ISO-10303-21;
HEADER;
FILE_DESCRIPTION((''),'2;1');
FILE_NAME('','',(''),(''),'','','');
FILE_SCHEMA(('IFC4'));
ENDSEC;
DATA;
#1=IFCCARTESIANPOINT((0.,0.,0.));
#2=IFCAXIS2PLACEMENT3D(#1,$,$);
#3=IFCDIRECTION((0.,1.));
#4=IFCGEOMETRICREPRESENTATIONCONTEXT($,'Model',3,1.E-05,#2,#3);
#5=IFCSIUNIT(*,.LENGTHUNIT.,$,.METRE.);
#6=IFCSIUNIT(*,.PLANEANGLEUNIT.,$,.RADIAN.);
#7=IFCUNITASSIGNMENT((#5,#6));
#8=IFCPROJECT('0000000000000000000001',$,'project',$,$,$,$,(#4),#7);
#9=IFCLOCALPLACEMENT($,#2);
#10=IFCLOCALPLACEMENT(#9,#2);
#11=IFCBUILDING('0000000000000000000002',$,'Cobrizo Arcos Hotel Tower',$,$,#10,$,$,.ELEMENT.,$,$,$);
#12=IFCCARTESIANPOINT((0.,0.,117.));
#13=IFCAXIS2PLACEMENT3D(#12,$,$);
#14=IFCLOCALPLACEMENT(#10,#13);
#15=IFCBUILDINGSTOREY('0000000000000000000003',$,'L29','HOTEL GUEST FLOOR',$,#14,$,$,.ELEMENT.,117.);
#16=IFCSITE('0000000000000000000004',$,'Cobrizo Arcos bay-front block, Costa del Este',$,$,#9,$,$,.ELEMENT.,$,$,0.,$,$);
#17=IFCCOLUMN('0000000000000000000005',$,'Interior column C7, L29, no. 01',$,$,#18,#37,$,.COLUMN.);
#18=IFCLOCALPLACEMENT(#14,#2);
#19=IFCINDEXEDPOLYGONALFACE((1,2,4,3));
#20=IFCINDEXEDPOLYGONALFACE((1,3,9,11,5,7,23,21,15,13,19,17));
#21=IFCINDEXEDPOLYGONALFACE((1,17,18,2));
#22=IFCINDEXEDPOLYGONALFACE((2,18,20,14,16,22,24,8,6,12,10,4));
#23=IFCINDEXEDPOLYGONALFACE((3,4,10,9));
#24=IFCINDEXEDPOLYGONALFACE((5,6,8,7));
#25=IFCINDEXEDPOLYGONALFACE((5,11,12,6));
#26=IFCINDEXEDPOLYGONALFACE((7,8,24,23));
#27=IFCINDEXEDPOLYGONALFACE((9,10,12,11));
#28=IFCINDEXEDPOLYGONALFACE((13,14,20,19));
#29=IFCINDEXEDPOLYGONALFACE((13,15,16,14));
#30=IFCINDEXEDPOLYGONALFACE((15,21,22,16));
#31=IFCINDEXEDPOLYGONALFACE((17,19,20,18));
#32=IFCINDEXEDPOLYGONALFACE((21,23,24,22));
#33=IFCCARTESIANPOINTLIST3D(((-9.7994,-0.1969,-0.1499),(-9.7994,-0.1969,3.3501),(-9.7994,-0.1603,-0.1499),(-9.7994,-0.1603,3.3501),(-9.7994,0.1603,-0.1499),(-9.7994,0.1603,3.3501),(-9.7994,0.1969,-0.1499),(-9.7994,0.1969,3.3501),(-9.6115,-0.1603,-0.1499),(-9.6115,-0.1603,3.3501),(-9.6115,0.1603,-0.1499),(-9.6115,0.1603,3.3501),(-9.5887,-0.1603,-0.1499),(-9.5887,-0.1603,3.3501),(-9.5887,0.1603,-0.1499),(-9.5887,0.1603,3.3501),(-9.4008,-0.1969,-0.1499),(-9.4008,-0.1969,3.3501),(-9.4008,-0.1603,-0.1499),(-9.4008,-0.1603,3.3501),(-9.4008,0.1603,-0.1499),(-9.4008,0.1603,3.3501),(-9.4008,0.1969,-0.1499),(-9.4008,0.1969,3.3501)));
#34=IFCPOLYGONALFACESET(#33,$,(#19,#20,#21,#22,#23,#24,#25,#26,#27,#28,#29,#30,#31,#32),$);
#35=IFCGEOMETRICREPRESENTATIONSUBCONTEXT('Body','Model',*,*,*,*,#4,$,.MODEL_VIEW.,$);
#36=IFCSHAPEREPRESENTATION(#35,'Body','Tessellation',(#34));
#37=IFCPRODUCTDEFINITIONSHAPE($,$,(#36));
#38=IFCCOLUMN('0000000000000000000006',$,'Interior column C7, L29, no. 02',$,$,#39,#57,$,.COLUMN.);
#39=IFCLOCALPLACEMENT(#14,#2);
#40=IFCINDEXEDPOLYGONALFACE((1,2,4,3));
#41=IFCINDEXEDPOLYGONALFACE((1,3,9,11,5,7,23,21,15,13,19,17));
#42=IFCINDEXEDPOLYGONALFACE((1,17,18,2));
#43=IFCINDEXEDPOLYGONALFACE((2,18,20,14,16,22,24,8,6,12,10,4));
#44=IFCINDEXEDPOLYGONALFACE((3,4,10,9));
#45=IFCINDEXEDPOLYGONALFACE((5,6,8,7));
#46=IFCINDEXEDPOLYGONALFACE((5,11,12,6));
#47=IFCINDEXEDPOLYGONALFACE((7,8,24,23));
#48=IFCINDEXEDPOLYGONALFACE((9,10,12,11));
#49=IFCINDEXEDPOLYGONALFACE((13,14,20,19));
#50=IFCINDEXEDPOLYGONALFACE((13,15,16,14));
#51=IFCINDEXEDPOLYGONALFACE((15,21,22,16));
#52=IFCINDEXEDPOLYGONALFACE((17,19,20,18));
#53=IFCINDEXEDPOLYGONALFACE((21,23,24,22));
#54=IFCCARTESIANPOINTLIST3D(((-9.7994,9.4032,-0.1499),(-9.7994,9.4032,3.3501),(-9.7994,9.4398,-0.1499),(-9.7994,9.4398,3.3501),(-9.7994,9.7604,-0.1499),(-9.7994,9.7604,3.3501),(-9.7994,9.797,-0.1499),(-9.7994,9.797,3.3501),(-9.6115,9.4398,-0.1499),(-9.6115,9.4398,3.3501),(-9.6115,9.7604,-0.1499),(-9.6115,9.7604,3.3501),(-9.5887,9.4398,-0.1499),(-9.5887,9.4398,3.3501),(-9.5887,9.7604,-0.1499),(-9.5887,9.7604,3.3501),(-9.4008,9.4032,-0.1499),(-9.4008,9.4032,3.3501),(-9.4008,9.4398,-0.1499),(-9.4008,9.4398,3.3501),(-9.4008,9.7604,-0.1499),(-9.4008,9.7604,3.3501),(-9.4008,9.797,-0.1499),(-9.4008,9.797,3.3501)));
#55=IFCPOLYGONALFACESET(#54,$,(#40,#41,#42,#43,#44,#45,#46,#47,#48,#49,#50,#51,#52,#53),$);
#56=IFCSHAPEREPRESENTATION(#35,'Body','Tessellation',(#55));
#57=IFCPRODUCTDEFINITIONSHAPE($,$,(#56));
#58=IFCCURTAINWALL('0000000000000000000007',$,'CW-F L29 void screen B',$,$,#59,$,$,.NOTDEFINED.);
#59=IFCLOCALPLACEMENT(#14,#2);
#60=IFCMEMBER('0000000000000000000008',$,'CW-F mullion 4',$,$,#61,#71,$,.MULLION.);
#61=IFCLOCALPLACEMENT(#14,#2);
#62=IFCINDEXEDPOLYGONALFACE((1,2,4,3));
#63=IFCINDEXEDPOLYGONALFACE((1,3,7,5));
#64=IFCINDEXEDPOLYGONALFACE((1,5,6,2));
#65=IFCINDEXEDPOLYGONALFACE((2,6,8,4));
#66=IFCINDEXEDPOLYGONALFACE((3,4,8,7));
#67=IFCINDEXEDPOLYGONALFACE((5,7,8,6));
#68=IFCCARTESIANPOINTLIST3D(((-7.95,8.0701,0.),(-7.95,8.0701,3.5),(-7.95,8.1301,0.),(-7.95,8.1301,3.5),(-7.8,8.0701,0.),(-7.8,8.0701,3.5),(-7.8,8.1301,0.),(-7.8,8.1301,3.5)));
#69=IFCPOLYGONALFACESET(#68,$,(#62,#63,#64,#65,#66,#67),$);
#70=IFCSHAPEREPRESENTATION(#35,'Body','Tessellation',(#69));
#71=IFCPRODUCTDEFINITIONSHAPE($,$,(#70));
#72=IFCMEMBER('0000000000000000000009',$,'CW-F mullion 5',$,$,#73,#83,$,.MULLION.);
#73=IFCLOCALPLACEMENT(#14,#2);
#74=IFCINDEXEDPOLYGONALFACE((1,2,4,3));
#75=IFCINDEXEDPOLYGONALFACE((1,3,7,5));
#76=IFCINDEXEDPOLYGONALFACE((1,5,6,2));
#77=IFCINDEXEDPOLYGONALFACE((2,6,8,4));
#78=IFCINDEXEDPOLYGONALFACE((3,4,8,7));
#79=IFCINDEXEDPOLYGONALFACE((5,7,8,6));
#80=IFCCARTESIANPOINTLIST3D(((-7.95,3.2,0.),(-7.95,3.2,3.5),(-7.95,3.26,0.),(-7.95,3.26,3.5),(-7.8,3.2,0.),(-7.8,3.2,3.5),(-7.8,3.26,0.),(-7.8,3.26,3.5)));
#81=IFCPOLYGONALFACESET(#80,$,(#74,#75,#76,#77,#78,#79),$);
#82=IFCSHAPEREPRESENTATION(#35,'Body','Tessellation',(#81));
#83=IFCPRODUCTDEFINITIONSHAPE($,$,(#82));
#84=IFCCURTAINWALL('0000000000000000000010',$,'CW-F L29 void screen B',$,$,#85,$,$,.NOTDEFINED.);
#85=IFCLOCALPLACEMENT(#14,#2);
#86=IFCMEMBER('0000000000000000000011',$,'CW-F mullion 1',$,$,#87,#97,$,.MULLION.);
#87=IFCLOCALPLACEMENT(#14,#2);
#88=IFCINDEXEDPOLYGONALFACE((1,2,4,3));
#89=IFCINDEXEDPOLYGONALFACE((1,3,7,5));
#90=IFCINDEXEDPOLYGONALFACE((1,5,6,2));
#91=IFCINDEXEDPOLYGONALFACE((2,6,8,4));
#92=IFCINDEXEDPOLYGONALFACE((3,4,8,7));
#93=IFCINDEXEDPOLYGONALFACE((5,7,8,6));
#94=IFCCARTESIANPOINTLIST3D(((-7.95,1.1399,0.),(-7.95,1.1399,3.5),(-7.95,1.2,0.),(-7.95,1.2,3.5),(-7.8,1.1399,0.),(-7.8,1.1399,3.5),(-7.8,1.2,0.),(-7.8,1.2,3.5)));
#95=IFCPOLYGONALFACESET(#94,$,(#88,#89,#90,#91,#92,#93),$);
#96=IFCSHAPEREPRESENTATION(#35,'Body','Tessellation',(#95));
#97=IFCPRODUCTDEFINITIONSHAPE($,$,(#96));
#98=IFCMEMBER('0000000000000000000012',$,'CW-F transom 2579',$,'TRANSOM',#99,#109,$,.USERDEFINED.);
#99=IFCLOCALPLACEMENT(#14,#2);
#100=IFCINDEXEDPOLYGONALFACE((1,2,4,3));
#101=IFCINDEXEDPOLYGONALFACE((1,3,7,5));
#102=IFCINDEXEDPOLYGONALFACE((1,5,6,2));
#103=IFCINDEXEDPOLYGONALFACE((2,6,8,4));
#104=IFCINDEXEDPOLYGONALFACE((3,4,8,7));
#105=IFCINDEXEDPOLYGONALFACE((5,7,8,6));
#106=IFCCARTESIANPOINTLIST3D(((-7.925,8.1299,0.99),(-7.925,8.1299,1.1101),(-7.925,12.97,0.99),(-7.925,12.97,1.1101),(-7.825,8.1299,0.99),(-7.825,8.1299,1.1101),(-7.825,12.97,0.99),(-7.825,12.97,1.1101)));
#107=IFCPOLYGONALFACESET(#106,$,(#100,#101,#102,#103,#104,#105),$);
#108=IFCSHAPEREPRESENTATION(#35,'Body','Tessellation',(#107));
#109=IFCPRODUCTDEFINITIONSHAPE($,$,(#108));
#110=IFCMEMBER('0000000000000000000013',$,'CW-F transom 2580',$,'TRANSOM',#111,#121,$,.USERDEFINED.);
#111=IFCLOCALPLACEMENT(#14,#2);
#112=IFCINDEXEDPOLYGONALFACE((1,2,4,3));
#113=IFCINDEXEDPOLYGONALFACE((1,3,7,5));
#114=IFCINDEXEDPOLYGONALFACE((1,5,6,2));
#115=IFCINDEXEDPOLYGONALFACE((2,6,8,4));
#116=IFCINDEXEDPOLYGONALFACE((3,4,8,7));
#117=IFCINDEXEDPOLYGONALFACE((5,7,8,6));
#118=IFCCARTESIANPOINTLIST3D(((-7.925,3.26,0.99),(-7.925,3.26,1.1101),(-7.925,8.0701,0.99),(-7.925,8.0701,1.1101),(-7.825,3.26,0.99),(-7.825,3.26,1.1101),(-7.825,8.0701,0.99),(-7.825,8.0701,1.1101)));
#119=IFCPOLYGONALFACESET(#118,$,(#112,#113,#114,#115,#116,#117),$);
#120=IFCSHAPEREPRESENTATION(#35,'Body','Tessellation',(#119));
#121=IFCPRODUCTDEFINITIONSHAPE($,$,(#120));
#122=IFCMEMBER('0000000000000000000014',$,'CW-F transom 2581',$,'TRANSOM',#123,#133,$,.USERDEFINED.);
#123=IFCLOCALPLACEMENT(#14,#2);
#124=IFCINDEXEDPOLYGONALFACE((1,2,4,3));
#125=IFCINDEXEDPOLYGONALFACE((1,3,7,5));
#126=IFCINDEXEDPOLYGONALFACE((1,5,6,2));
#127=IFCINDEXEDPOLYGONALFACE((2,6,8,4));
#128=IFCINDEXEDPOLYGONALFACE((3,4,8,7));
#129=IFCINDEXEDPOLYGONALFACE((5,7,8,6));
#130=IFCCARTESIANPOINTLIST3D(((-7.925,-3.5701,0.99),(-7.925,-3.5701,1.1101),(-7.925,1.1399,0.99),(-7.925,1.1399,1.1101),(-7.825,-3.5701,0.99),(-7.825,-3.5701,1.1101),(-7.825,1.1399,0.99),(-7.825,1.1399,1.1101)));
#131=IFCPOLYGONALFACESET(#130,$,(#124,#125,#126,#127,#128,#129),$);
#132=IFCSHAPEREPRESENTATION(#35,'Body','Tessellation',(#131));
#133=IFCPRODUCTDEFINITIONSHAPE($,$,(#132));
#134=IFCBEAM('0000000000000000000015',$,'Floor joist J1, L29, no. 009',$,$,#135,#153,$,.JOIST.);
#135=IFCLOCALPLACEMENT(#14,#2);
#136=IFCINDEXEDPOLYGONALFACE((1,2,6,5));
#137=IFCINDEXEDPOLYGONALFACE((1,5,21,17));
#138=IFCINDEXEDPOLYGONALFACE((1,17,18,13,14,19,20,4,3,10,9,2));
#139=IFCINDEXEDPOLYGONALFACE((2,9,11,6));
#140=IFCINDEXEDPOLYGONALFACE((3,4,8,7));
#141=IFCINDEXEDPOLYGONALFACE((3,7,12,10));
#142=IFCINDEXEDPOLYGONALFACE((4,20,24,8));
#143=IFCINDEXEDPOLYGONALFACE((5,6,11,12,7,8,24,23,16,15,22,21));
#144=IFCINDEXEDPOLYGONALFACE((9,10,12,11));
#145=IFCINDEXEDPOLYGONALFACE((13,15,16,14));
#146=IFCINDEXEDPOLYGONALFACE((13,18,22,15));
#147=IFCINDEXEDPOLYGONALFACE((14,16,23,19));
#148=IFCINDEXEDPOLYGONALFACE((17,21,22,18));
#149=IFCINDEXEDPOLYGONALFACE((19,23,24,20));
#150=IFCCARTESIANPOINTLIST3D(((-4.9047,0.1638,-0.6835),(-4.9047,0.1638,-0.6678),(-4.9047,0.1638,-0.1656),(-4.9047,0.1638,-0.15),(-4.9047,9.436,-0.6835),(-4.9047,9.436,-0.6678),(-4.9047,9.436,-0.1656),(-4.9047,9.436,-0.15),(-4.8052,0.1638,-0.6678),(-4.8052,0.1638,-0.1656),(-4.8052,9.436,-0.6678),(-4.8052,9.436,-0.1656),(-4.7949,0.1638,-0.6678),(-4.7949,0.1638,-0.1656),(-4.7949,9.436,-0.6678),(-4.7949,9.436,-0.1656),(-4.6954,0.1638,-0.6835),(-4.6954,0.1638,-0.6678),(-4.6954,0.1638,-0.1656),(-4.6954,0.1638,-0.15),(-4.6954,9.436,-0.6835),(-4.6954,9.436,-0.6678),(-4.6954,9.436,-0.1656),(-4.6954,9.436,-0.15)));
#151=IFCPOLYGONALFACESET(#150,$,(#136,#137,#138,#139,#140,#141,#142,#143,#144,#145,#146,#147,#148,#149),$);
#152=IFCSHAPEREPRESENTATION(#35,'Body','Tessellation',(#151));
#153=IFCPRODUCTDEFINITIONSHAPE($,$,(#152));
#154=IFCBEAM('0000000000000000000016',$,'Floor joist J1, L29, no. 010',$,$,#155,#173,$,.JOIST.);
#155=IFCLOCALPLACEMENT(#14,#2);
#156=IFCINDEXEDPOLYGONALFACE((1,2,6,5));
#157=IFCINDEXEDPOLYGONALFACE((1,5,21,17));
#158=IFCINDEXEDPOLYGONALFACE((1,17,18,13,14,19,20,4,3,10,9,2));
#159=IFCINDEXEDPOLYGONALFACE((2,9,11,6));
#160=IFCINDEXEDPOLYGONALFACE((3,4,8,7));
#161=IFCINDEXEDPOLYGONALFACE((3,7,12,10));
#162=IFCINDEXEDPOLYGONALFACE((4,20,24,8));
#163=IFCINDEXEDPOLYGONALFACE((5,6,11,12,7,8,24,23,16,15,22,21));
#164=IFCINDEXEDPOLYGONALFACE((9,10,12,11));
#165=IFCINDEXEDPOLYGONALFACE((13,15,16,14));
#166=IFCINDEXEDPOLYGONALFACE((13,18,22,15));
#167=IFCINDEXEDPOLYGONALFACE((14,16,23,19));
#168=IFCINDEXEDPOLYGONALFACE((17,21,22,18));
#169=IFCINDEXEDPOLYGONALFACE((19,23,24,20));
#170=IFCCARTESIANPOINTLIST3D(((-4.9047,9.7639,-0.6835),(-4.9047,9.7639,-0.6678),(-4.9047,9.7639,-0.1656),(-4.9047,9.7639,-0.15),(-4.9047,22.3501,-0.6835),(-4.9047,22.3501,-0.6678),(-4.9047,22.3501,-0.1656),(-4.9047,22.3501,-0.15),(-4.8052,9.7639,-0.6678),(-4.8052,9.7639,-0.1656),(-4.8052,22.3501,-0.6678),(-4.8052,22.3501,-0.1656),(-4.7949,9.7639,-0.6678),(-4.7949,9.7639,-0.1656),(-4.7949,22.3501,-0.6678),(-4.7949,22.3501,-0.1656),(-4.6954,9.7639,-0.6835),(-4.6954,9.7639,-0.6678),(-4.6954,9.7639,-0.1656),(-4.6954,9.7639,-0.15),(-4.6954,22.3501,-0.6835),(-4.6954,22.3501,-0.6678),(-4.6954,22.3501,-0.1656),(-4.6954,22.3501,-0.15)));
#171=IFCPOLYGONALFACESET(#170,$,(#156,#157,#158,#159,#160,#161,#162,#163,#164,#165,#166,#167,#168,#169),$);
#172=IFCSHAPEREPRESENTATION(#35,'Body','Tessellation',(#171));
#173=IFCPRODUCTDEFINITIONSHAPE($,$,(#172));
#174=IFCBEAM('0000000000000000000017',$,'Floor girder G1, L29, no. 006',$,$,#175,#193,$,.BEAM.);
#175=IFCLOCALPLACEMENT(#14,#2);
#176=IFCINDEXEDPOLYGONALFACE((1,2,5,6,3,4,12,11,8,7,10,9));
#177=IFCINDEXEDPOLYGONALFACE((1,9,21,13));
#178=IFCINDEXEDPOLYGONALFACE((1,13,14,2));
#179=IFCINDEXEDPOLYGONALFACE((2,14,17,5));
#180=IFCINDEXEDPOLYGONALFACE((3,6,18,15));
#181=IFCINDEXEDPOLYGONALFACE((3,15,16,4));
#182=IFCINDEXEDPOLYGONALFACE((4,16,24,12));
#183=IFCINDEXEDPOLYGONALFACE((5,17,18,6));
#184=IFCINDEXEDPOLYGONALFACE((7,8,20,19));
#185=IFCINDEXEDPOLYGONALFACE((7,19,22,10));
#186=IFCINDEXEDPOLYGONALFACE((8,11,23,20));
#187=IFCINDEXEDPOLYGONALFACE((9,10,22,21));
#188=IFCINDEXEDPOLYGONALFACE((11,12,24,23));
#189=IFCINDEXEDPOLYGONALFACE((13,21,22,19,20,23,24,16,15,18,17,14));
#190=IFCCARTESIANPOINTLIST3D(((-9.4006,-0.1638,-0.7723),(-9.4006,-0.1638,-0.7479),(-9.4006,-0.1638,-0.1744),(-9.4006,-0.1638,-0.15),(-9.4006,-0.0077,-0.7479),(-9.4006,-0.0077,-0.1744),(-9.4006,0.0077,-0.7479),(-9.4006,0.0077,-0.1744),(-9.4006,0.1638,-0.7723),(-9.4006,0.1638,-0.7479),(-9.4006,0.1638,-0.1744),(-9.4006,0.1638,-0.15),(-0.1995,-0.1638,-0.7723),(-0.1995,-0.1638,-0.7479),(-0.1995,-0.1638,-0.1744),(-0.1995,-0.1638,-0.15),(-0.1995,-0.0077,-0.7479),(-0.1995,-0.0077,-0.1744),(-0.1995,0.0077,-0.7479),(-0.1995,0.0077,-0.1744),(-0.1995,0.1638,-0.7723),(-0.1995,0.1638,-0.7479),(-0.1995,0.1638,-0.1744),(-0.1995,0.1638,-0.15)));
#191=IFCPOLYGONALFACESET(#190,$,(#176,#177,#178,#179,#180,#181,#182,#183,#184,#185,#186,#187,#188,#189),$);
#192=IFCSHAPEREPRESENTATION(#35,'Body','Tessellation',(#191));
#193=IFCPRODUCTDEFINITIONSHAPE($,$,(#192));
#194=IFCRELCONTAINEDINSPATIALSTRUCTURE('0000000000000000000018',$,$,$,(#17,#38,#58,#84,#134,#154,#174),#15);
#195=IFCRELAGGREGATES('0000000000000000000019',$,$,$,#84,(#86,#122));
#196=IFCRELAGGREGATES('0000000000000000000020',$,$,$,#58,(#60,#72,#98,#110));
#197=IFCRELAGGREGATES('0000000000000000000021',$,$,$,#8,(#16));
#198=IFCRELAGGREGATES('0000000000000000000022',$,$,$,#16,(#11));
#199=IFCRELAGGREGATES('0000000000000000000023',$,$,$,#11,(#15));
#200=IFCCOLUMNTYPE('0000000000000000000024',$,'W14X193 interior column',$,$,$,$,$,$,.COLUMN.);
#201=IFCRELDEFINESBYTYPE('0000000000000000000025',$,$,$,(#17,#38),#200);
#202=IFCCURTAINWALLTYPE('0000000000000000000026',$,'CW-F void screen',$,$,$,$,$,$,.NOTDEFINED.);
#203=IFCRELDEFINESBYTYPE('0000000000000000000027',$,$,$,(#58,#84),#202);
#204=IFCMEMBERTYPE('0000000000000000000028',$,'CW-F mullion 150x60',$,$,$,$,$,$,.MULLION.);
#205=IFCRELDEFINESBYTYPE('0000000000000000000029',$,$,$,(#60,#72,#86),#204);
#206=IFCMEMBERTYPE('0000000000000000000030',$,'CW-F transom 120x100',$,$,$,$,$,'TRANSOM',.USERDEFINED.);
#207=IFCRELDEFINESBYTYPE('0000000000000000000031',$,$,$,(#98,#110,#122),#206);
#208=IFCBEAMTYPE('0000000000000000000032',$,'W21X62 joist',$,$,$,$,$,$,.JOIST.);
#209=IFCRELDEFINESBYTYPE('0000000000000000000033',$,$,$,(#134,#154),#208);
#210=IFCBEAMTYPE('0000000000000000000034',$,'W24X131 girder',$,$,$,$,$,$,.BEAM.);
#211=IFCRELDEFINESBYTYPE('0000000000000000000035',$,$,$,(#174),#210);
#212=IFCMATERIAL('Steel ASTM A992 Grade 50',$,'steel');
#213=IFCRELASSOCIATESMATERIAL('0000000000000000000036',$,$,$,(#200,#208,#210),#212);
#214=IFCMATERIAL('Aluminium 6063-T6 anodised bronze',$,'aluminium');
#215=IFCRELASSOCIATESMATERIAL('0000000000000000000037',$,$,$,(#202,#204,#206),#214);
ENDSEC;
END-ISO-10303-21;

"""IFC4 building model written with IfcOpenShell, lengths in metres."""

from ifc_helpers import new_model, si_unit, direction, frame, origin, origin_2d, place, context, subcontext, project, spatial, rectangle, i_section, extrude, material, material_profile, profile_set, type_object, element, aggregate, save


model = new_model("IFC4")

# Units and contexts
model_context = context("Model", 3, precision=1e-05, world=origin(), true_north=direction((0.0, 1.0)))
body_context = subcontext(model_context, "Body", "Model", "MODEL_VIEW")
ifc_project = project(units=[si_unit("LENGTHUNIT", "METRE"), si_unit("PLANEANGLEUNIT", "RADIAN")], contexts=[model_context])

# Site, building, storey
site_placement = place(None, origin())
site = spatial("IfcSite", under=ifc_project, at=site_placement, Name="Cobrizo Arcos bay-front block, Costa del Este", CompositionType="ELEMENT", RefElevation=0.0)
building_placement = place(site_placement, origin())
building = spatial("IfcBuilding", under=site, at=building_placement, Name="Cobrizo Arcos Hotel Tower", CompositionType="ELEMENT")
storey_placement = place(building_placement, frame((0.0, 0.0, 117.0)))
storey = spatial("IfcBuildingStorey", under=building, at=storey_placement, Name="L29", Description="HOTEL GUEST FLOOR", CompositionType="ELEMENT", Elevation=117.0)

# Columns
ifc_material_1 = material(Name="Steel ASTM A992 Grade 50", Category="steel")
ifc_material_profile_1 = material_profile(ifc_material_1, i_section(OverallWidth=0.3987, OverallDepth=0.3938, WebThickness=0.0227, FlangeThickness=0.0366, at=origin_2d()), Name="W14X193")
ifc_profile_set_1 = profile_set([ifc_material_profile_1], Name="Steel ASTM A992 Grade 50")
column_type = type_object("IfcColumnType", Name="W14X193 interior column", PredefinedType="COLUMN", material=ifc_profile_set_1)
for number, where, z_axis, x_axis, name in (
    (1, (-9.6001, 0.0, -0.1499), (0.0, 0.0, 1.0), (1.0, 0.0, 0.0), "Interior column C7, L29, no. 01"),
    (2, (-9.6001, 9.6001, -0.1499), (0.0, 0.0, 1.0), (1.0, 0.0, 0.0), "Interior column C7, L29, no. 02"),
):
    element("IfcColumn", number, at=place(storey_placement, frame(where, z_axis=z_axis, x_axis=x_axis)), inside=storey, type_object=column_type, Name=name, PredefinedType="COLUMN", context=body_context, shape_type="SweptSolid", body=[
        extrude(i_section(OverallWidth=0.3987, OverallDepth=0.3938, WebThickness=0.0227, FlangeThickness=0.0366, at=origin_2d()), origin(), (0.0, 0.0, 1.0), 3.5),
    ])

# Curtain wall, members
ifc_material_2 = material(Name="Aluminium 6063-T6 anodised bronze", Category="aluminium")
curtain_wall_type = type_object("IfcCurtainWallType", Name="CW-F void screen", PredefinedType="NOTDEFINED", material=ifc_material_2)
curtain_wall_1_placement = place(storey_placement, origin())
curtain_wall_1 = element("IfcCurtainWall", 3, at=curtain_wall_1_placement, inside=storey, type_object=curtain_wall_type, Name="CW-F L29 void screen B", PredefinedType="NOTDEFINED")
ifc_material_profile_2 = material_profile(ifc_material_2, rectangle(XDim=0.1499, YDim=0.0601, at=origin_2d()), Name="CW-F mullion 150x60")
ifc_profile_set_2 = profile_set([ifc_material_profile_2], Name="Aluminium 6063-T6 anodised bronze")
member_type_1 = type_object("IfcMemberType", Name="CW-F mullion 150x60", PredefinedType="MULLION", material=ifc_profile_set_2)
member_1_placement = place(storey_placement, frame((-7.875, 8.1001, 0.0), z_axis=(0.0, 0.0, 1.0), x_axis=(-1.0, 0.0, 0.0)))
member_1 = element("IfcMember", 4, at=member_1_placement, type_object=member_type_1, Name="CW-F mullion 4", PredefinedType="MULLION", context=body_context, shape_type="SweptSolid", body=[
    extrude(rectangle(XDim=0.1499, YDim=0.0601, at=origin_2d()), origin(), (0.0, 0.0, 1.0), 3.5),
])
member_2_placement = place(storey_placement, frame((-7.875, 3.23, 0.0), z_axis=(0.0, 0.0, 1.0), x_axis=(-1.0, 0.0, 0.0)))
member_2 = element("IfcMember", 5, at=member_2_placement, type_object=member_type_1, Name="CW-F mullion 5", PredefinedType="MULLION", context=body_context, shape_type="SweptSolid", body=[
    extrude(rectangle(XDim=0.1499, YDim=0.0601, at=origin_2d()), origin(), (0.0, 0.0, 1.0), 3.5),
])

# Curtain wall, member
curtain_wall_2_placement = place(storey_placement, origin())
curtain_wall_2 = element("IfcCurtainWall", 6, at=curtain_wall_2_placement, inside=storey, type_object=curtain_wall_type, Name="CW-F L29 void screen B", PredefinedType="NOTDEFINED")
member_3_placement = place(storey_placement, frame((-7.875, 1.1699, 0.0), z_axis=(0.0, 0.0, 1.0), x_axis=(-1.0, 0.0, 0.0)))
member_3 = element("IfcMember", 7, at=member_3_placement, type_object=member_type_1, Name="CW-F mullion 1", PredefinedType="MULLION", context=body_context, shape_type="SweptSolid", body=[
    extrude(rectangle(XDim=0.1499, YDim=0.0601, at=origin_2d()), origin(), (0.0, 0.0, 1.0), 3.5),
])

# Members
ifc_material_profile_3 = material_profile(ifc_material_2, rectangle(XDim=0.1001, YDim=0.1201, at=origin_2d()), Name="CW-F transom 120x100")
ifc_profile_set_3 = profile_set([ifc_material_profile_3], Name="Aluminium 6063-T6 anodised bronze")
member_type_2 = type_object("IfcMemberType", Name="CW-F transom 120x100", ElementType="TRANSOM", PredefinedType="USERDEFINED", material=ifc_profile_set_3)
member_4_placement = place(storey_placement, frame((-7.875, 12.97, 1.05), z_axis=(0.0, -1.0, 0.0), x_axis=(1.0, 0.0, 0.0)))
member_4 = element("IfcMember", 8, at=member_4_placement, type_object=member_type_2, Name="CW-F transom 2579", ObjectType="TRANSOM", PredefinedType="USERDEFINED", context=body_context, shape_type="SweptSolid", body=[
    extrude(rectangle(XDim=0.1001, YDim=0.1201, at=origin_2d()), origin(), (0.0, 0.0, 1.0), 4.8401),
])
member_5_placement = place(storey_placement, frame((-7.875, 8.0701, 1.05), z_axis=(0.0, -1.0, 0.0), x_axis=(1.0, 0.0, 0.0)))
member_5 = element("IfcMember", 9, at=member_5_placement, type_object=member_type_2, Name="CW-F transom 2580", ObjectType="TRANSOM", PredefinedType="USERDEFINED", context=body_context, shape_type="SweptSolid", body=[
    extrude(rectangle(XDim=0.1001, YDim=0.1201, at=origin_2d()), origin(), (0.0, 0.0, 1.0), 4.8101),
])
member_6_placement = place(storey_placement, frame((-7.875, 1.1399, 1.05), z_axis=(0.0, -1.0, 0.0), x_axis=(1.0, 0.0, 0.0)))
member_6 = element("IfcMember", 10, at=member_6_placement, type_object=member_type_2, Name="CW-F transom 2581", ObjectType="TRANSOM", PredefinedType="USERDEFINED", context=body_context, shape_type="SweptSolid", body=[
    extrude(rectangle(XDim=0.1001, YDim=0.1201, at=origin_2d()), origin(), (0.0, 0.0, 1.0), 4.71),
])
aggregate(curtain_wall_2, [member_3, member_6])

# Beams
ifc_material_profile_4 = material_profile(ifc_material_1, i_section(OverallWidth=0.2092, OverallDepth=0.5334, WebThickness=0.0103, FlangeThickness=0.0156, at=origin_2d()), Name="W21X62")
ifc_profile_set_4 = profile_set([ifc_material_profile_4], Name="Steel ASTM A992 Grade 50")
beam_type_1 = type_object("IfcBeamType", Name="W21X62 joist", PredefinedType="JOIST", material=ifc_profile_set_4)
beam_1_placement = place(storey_placement, frame((-4.8, 0.1638, -0.4167), z_axis=(0.0, 1.0, 0.0), x_axis=(-1.0, 0.0, 0.0)))
element("IfcBeam", 11, at=beam_1_placement, inside=storey, type_object=beam_type_1, Name="Floor joist J1, L29, no. 009", PredefinedType="JOIST", context=body_context, shape_type="SweptSolid", body=[
    extrude(i_section(OverallWidth=0.2092, OverallDepth=0.5334, WebThickness=0.0103, FlangeThickness=0.0156, at=origin_2d()), origin(), (0.0, 0.0, 1.0), 9.2722),
])
beam_2_placement = place(storey_placement, frame((-4.8, 9.7639, -0.4167), z_axis=(0.0, 1.0, 0.0), x_axis=(-1.0, 0.0, 0.0)))
element("IfcBeam", 12, at=beam_2_placement, inside=storey, type_object=beam_type_1, Name="Floor joist J1, L29, no. 010", PredefinedType="JOIST", context=body_context, shape_type="SweptSolid", body=[
    extrude(i_section(OverallWidth=0.2092, OverallDepth=0.5334, WebThickness=0.0103, FlangeThickness=0.0156, at=origin_2d()), origin(), (0.0, 0.0, 1.0), 12.5862),
])
ifc_material_profile_5 = material_profile(ifc_material_1, i_section(OverallWidth=0.3276, OverallDepth=0.6223, WebThickness=0.0154, FlangeThickness=0.0244, at=origin_2d()), Name="W24X131")
ifc_profile_set_5 = profile_set([ifc_material_profile_5], Name="Steel ASTM A992 Grade 50")
beam_type_2 = type_object("IfcBeamType", Name="W24X131 girder", PredefinedType="BEAM", material=ifc_profile_set_5)
for number, where, z_axis, x_axis, name in (
    (13, (-9.4006, 0.0, -0.4612), (1.0, 0.0, 0.0), (0.0, 1.0, 0.0), "Floor girder G1, L29, no. 006"),
):
    element("IfcBeam", number, at=place(storey_placement, frame(where, z_axis=z_axis, x_axis=x_axis)), inside=storey, type_object=beam_type_2, Name=name, PredefinedType="BEAM", context=body_context, shape_type="SweptSolid", body=[
        extrude(i_section(OverallWidth=0.3276, OverallDepth=0.6223, WebThickness=0.0154, FlangeThickness=0.0244, at=origin_2d()), origin(), (0.0, 0.0, 1.0), 9.2012),
    ])

aggregate(curtain_wall_1, [member_1, member_2, member_4, member_5])

save(model, "model.ifc")
